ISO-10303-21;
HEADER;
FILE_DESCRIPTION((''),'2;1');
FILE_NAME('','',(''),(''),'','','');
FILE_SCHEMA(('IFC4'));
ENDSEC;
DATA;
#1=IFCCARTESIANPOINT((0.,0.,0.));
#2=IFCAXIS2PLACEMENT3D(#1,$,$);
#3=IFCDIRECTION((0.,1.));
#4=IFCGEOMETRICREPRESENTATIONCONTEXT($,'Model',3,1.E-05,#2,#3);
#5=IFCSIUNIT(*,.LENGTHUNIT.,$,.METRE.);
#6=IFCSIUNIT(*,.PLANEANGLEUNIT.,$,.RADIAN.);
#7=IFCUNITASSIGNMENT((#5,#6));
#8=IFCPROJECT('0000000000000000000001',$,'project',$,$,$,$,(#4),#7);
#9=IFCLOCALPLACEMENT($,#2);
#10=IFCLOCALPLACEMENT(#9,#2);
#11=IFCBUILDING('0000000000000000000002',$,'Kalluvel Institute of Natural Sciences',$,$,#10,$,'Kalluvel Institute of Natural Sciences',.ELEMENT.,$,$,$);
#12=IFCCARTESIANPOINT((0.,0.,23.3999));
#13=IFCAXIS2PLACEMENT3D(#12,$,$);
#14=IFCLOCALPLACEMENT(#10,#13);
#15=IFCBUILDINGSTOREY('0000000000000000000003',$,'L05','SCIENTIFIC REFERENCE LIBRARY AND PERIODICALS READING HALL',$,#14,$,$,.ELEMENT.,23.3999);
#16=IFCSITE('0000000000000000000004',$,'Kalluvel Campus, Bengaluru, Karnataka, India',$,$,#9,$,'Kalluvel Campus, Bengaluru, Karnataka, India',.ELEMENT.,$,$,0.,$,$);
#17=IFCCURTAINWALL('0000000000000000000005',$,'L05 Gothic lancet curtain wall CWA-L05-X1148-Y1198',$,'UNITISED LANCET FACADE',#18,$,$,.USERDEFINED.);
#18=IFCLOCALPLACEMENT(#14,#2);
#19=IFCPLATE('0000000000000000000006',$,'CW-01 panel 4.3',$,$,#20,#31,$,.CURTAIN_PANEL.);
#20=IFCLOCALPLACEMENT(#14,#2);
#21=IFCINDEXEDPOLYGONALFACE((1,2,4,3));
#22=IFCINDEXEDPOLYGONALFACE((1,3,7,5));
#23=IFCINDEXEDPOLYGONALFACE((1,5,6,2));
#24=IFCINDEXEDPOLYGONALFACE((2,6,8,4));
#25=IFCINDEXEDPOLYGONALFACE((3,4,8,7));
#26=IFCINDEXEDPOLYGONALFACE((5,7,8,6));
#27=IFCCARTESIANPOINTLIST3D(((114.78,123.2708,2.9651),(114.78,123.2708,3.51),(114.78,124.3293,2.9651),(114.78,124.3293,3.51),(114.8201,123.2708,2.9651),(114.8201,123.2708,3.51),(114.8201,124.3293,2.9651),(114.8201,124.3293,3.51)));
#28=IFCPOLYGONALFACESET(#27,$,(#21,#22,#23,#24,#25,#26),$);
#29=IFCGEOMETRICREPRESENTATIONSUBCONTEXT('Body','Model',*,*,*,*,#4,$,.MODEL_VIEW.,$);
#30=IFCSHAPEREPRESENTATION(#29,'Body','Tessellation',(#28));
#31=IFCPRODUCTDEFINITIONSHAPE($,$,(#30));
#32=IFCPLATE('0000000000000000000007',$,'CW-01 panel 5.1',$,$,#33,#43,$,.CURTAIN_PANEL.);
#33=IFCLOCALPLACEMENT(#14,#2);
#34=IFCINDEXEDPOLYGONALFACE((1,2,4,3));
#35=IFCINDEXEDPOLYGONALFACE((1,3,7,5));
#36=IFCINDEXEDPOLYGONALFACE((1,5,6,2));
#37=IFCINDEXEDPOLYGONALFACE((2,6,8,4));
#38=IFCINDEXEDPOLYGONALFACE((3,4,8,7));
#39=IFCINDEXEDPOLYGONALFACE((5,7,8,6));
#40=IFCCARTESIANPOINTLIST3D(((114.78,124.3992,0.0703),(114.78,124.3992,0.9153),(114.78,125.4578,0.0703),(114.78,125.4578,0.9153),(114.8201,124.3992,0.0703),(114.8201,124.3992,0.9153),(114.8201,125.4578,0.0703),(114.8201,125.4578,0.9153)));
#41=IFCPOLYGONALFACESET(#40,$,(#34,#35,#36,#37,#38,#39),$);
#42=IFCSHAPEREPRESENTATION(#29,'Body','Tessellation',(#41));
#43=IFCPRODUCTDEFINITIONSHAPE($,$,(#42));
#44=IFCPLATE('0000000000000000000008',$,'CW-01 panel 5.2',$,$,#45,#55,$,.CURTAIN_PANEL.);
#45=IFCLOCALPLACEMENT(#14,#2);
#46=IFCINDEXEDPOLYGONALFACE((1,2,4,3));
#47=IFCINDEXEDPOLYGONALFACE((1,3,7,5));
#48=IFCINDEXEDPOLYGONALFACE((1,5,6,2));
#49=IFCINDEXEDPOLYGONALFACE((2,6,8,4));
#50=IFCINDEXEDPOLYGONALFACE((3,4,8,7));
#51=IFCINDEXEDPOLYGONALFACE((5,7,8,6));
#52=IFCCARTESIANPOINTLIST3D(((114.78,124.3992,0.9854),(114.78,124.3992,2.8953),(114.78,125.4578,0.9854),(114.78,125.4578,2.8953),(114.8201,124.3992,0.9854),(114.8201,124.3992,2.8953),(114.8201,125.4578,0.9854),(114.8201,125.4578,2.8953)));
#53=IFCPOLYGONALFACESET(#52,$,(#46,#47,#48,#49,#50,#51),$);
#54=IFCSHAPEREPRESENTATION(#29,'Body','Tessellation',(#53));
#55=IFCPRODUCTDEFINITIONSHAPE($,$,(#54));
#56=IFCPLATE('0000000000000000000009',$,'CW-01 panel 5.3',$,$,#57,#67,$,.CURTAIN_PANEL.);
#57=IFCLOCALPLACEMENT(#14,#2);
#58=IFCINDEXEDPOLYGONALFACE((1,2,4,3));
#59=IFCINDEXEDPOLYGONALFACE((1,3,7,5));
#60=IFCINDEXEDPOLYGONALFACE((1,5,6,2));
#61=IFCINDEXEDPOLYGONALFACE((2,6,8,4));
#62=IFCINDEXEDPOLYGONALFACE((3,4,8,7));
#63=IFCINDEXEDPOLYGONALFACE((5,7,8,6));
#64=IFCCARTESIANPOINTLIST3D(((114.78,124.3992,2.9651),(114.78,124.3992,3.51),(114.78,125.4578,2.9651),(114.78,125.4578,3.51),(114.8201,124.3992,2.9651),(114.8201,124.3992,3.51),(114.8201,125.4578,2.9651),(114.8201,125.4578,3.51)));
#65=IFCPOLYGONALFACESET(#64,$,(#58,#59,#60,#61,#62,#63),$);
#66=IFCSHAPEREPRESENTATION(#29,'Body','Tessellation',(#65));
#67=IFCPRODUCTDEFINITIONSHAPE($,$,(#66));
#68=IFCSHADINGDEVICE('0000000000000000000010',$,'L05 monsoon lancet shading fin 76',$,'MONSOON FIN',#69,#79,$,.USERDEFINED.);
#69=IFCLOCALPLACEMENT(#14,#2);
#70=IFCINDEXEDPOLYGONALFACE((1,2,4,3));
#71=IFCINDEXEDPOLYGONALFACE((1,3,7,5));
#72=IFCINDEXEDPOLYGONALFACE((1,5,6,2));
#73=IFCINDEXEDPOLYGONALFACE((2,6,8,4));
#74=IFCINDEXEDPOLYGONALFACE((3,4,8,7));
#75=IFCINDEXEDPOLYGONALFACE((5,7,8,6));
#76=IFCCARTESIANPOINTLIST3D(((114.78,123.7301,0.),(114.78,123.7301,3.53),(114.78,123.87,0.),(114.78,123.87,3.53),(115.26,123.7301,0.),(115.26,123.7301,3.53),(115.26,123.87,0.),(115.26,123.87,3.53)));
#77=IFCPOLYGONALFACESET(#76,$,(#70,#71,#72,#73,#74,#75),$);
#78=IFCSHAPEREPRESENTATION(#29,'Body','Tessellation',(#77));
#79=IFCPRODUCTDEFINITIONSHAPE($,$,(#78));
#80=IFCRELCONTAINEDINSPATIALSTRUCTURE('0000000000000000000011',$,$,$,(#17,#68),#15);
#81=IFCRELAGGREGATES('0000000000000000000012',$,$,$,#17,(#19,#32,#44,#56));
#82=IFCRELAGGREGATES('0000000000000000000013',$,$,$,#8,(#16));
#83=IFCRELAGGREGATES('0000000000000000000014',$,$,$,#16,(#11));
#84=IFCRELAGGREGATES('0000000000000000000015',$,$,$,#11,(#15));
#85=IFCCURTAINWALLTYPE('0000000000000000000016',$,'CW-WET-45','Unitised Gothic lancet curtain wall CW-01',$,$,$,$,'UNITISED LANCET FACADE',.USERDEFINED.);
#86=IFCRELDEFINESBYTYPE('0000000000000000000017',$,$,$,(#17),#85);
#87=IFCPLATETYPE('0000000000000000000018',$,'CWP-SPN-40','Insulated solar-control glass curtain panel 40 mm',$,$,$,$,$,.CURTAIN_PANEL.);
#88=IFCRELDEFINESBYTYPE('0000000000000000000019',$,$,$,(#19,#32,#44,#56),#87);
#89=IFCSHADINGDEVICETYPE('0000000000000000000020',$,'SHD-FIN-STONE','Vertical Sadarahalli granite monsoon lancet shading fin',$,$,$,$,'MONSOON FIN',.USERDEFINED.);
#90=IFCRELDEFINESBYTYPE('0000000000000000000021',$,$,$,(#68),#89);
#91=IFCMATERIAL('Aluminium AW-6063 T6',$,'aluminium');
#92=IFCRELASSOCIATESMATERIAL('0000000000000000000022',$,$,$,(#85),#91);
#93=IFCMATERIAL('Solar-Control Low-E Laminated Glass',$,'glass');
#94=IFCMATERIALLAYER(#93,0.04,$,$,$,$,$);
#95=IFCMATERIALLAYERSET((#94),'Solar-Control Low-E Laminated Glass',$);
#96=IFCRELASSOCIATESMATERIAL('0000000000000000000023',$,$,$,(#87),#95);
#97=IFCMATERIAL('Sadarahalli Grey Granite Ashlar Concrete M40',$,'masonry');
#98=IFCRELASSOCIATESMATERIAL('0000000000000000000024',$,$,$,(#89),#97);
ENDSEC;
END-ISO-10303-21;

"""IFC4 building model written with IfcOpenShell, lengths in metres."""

from ifc_helpers import new_model, si_unit, direction, frame, origin, origin_2d, place, context, subcontext, project, spatial, rectangle, extrude, material, layer, layer_set, type_object, element, aggregate, save


model = new_model("IFC4")

# Units and contexts
model_context = context("Model", 3, precision=1e-05, world=origin(), true_north=direction((0.0, 1.0)))
body_context = subcontext(model_context, "Body", "Model", "MODEL_VIEW")
ifc_project = project(units=[si_unit("LENGTHUNIT", "METRE"), si_unit("PLANEANGLEUNIT", "RADIAN")], contexts=[model_context])

# Site, building, storey
site_placement = place(None, origin())
site = spatial("IfcSite", under=ifc_project, at=site_placement, Name="Kalluvel Campus, Bengaluru, Karnataka, India", LongName="Kalluvel Campus, Bengaluru, Karnataka, India", CompositionType="ELEMENT", RefElevation=0.0)
building_placement = place(site_placement, origin())
building = spatial("IfcBuilding", under=site, at=building_placement, Name="Kalluvel Institute of Natural Sciences", LongName="Kalluvel Institute of Natural Sciences", CompositionType="ELEMENT")
storey_placement = place(building_placement, frame((0.0, 0.0, 23.3999)))
storey = spatial("IfcBuildingStorey", under=building, at=storey_placement, Name="L05", Description="SCIENTIFIC REFERENCE LIBRARY AND PERIODICALS READING HALL", CompositionType="ELEMENT", Elevation=23.3999)

# Curtain wall, plates
ifc_material_1 = material(Name="Aluminium AW-6063 T6", Category="aluminium")
curtain_wall_type = type_object("IfcCurtainWallType", Name="CW-WET-45", Description="Unitised Gothic lancet curtain wall CW-01", ElementType="UNITISED LANCET FACADE", PredefinedType="USERDEFINED", material=ifc_material_1)
curtain_wall_placement = place(storey_placement, origin())
curtain_wall = element("IfcCurtainWall", 1, at=curtain_wall_placement, inside=storey, type_object=curtain_wall_type, Name="L05 Gothic lancet curtain wall CWA-L05-X1148-Y1198", ObjectType="UNITISED LANCET FACADE", PredefinedType="USERDEFINED")
ifc_material_2 = material(Name="Solar-Control Low-E Laminated Glass", Category="glass")
ifc_layer = layer(ifc_material_2, 0.04)
ifc_layer_set = layer_set([ifc_layer], Name="Solar-Control Low-E Laminated Glass")
plate_type = type_object("IfcPlateType", Name="CWP-SPN-40", Description="Insulated solar-control glass curtain panel 40 mm", PredefinedType="CURTAIN_PANEL", material=ifc_layer_set)
plate_1_placement = place(storey_placement, frame((114.8, 123.8, 2.9651), z_axis=(0.0, 0.0, 1.0), x_axis=(0.0, 1.0, 0.0)))
plate_1 = element("IfcPlate", 2, at=plate_1_placement, type_object=plate_type, Name="CW-01 panel 4.3", PredefinedType="CURTAIN_PANEL", context=body_context, shape_type="SweptSolid", body=[
    extrude(rectangle(XDim=1.0586, YDim=0.04, at=origin_2d()), origin(), (0.0, 0.0, 1.0), 0.5449),
])
plate_2_placement = place(storey_placement, frame((114.8, 124.9285, 0.0703), z_axis=(0.0, 0.0, 1.0), x_axis=(0.0, 1.0, 0.0)))
plate_2 = element("IfcPlate", 3, at=plate_2_placement, type_object=plate_type, Name="CW-01 panel 5.1", PredefinedType="CURTAIN_PANEL", context=body_context, shape_type="SweptSolid", body=[
    extrude(rectangle(XDim=1.0586, YDim=0.04, at=origin_2d()), origin(), (0.0, 0.0, 1.0), 0.845),
])
plate_3_placement = place(storey_placement, frame((114.8, 124.9285, 0.9854), z_axis=(0.0, 0.0, 1.0), x_axis=(0.0, 1.0, 0.0)))
plate_3 = element("IfcPlate", 4, at=plate_3_placement, type_object=plate_type, Name="CW-01 panel 5.2", PredefinedType="CURTAIN_PANEL", context=body_context, shape_type="SweptSolid", body=[
    extrude(rectangle(XDim=1.0586, YDim=0.04, at=origin_2d()), origin(), (0.0, 0.0, 1.0), 1.9099),
])
plate_4_placement = place(storey_placement, frame((114.8, 124.9285, 2.9651), z_axis=(0.0, 0.0, 1.0), x_axis=(0.0, 1.0, 0.0)))
plate_4 = element("IfcPlate", 5, at=plate_4_placement, type_object=plate_type, Name="CW-01 panel 5.3", PredefinedType="CURTAIN_PANEL", context=body_context, shape_type="SweptSolid", body=[
    extrude(rectangle(XDim=1.0586, YDim=0.04, at=origin_2d()), origin(), (0.0, 0.0, 1.0), 0.5449),
])
aggregate(curtain_wall, [plate_1, plate_2, plate_3, plate_4])

# Shading device
ifc_material_3 = material(Name="Sadarahalli Grey Granite Ashlar Concrete M40", Category="masonry")
shading_device_type = type_object("IfcShadingDeviceType", Name="SHD-FIN-STONE", Description="Vertical Sadarahalli granite monsoon lancet shading fin", ElementType="MONSOON FIN", PredefinedType="USERDEFINED", material=ifc_material_3)
shading_device_placement = place(storey_placement, frame((115.02, 123.8, 0.0), z_axis=(0.0, 0.0, 1.0), x_axis=(0.0, 1.0, 0.0)))
element("IfcShadingDevice", 6, at=shading_device_placement, inside=storey, type_object=shading_device_type, Name="L05 monsoon lancet shading fin 76", ObjectType="MONSOON FIN", PredefinedType="USERDEFINED", context=body_context, shape_type="SweptSolid", body=[
    extrude(rectangle(XDim=0.1399, YDim=0.48, at=origin_2d()), origin(), (0.0, 0.0, 1.0), 3.53),
])

save(model, "model.ifc")
